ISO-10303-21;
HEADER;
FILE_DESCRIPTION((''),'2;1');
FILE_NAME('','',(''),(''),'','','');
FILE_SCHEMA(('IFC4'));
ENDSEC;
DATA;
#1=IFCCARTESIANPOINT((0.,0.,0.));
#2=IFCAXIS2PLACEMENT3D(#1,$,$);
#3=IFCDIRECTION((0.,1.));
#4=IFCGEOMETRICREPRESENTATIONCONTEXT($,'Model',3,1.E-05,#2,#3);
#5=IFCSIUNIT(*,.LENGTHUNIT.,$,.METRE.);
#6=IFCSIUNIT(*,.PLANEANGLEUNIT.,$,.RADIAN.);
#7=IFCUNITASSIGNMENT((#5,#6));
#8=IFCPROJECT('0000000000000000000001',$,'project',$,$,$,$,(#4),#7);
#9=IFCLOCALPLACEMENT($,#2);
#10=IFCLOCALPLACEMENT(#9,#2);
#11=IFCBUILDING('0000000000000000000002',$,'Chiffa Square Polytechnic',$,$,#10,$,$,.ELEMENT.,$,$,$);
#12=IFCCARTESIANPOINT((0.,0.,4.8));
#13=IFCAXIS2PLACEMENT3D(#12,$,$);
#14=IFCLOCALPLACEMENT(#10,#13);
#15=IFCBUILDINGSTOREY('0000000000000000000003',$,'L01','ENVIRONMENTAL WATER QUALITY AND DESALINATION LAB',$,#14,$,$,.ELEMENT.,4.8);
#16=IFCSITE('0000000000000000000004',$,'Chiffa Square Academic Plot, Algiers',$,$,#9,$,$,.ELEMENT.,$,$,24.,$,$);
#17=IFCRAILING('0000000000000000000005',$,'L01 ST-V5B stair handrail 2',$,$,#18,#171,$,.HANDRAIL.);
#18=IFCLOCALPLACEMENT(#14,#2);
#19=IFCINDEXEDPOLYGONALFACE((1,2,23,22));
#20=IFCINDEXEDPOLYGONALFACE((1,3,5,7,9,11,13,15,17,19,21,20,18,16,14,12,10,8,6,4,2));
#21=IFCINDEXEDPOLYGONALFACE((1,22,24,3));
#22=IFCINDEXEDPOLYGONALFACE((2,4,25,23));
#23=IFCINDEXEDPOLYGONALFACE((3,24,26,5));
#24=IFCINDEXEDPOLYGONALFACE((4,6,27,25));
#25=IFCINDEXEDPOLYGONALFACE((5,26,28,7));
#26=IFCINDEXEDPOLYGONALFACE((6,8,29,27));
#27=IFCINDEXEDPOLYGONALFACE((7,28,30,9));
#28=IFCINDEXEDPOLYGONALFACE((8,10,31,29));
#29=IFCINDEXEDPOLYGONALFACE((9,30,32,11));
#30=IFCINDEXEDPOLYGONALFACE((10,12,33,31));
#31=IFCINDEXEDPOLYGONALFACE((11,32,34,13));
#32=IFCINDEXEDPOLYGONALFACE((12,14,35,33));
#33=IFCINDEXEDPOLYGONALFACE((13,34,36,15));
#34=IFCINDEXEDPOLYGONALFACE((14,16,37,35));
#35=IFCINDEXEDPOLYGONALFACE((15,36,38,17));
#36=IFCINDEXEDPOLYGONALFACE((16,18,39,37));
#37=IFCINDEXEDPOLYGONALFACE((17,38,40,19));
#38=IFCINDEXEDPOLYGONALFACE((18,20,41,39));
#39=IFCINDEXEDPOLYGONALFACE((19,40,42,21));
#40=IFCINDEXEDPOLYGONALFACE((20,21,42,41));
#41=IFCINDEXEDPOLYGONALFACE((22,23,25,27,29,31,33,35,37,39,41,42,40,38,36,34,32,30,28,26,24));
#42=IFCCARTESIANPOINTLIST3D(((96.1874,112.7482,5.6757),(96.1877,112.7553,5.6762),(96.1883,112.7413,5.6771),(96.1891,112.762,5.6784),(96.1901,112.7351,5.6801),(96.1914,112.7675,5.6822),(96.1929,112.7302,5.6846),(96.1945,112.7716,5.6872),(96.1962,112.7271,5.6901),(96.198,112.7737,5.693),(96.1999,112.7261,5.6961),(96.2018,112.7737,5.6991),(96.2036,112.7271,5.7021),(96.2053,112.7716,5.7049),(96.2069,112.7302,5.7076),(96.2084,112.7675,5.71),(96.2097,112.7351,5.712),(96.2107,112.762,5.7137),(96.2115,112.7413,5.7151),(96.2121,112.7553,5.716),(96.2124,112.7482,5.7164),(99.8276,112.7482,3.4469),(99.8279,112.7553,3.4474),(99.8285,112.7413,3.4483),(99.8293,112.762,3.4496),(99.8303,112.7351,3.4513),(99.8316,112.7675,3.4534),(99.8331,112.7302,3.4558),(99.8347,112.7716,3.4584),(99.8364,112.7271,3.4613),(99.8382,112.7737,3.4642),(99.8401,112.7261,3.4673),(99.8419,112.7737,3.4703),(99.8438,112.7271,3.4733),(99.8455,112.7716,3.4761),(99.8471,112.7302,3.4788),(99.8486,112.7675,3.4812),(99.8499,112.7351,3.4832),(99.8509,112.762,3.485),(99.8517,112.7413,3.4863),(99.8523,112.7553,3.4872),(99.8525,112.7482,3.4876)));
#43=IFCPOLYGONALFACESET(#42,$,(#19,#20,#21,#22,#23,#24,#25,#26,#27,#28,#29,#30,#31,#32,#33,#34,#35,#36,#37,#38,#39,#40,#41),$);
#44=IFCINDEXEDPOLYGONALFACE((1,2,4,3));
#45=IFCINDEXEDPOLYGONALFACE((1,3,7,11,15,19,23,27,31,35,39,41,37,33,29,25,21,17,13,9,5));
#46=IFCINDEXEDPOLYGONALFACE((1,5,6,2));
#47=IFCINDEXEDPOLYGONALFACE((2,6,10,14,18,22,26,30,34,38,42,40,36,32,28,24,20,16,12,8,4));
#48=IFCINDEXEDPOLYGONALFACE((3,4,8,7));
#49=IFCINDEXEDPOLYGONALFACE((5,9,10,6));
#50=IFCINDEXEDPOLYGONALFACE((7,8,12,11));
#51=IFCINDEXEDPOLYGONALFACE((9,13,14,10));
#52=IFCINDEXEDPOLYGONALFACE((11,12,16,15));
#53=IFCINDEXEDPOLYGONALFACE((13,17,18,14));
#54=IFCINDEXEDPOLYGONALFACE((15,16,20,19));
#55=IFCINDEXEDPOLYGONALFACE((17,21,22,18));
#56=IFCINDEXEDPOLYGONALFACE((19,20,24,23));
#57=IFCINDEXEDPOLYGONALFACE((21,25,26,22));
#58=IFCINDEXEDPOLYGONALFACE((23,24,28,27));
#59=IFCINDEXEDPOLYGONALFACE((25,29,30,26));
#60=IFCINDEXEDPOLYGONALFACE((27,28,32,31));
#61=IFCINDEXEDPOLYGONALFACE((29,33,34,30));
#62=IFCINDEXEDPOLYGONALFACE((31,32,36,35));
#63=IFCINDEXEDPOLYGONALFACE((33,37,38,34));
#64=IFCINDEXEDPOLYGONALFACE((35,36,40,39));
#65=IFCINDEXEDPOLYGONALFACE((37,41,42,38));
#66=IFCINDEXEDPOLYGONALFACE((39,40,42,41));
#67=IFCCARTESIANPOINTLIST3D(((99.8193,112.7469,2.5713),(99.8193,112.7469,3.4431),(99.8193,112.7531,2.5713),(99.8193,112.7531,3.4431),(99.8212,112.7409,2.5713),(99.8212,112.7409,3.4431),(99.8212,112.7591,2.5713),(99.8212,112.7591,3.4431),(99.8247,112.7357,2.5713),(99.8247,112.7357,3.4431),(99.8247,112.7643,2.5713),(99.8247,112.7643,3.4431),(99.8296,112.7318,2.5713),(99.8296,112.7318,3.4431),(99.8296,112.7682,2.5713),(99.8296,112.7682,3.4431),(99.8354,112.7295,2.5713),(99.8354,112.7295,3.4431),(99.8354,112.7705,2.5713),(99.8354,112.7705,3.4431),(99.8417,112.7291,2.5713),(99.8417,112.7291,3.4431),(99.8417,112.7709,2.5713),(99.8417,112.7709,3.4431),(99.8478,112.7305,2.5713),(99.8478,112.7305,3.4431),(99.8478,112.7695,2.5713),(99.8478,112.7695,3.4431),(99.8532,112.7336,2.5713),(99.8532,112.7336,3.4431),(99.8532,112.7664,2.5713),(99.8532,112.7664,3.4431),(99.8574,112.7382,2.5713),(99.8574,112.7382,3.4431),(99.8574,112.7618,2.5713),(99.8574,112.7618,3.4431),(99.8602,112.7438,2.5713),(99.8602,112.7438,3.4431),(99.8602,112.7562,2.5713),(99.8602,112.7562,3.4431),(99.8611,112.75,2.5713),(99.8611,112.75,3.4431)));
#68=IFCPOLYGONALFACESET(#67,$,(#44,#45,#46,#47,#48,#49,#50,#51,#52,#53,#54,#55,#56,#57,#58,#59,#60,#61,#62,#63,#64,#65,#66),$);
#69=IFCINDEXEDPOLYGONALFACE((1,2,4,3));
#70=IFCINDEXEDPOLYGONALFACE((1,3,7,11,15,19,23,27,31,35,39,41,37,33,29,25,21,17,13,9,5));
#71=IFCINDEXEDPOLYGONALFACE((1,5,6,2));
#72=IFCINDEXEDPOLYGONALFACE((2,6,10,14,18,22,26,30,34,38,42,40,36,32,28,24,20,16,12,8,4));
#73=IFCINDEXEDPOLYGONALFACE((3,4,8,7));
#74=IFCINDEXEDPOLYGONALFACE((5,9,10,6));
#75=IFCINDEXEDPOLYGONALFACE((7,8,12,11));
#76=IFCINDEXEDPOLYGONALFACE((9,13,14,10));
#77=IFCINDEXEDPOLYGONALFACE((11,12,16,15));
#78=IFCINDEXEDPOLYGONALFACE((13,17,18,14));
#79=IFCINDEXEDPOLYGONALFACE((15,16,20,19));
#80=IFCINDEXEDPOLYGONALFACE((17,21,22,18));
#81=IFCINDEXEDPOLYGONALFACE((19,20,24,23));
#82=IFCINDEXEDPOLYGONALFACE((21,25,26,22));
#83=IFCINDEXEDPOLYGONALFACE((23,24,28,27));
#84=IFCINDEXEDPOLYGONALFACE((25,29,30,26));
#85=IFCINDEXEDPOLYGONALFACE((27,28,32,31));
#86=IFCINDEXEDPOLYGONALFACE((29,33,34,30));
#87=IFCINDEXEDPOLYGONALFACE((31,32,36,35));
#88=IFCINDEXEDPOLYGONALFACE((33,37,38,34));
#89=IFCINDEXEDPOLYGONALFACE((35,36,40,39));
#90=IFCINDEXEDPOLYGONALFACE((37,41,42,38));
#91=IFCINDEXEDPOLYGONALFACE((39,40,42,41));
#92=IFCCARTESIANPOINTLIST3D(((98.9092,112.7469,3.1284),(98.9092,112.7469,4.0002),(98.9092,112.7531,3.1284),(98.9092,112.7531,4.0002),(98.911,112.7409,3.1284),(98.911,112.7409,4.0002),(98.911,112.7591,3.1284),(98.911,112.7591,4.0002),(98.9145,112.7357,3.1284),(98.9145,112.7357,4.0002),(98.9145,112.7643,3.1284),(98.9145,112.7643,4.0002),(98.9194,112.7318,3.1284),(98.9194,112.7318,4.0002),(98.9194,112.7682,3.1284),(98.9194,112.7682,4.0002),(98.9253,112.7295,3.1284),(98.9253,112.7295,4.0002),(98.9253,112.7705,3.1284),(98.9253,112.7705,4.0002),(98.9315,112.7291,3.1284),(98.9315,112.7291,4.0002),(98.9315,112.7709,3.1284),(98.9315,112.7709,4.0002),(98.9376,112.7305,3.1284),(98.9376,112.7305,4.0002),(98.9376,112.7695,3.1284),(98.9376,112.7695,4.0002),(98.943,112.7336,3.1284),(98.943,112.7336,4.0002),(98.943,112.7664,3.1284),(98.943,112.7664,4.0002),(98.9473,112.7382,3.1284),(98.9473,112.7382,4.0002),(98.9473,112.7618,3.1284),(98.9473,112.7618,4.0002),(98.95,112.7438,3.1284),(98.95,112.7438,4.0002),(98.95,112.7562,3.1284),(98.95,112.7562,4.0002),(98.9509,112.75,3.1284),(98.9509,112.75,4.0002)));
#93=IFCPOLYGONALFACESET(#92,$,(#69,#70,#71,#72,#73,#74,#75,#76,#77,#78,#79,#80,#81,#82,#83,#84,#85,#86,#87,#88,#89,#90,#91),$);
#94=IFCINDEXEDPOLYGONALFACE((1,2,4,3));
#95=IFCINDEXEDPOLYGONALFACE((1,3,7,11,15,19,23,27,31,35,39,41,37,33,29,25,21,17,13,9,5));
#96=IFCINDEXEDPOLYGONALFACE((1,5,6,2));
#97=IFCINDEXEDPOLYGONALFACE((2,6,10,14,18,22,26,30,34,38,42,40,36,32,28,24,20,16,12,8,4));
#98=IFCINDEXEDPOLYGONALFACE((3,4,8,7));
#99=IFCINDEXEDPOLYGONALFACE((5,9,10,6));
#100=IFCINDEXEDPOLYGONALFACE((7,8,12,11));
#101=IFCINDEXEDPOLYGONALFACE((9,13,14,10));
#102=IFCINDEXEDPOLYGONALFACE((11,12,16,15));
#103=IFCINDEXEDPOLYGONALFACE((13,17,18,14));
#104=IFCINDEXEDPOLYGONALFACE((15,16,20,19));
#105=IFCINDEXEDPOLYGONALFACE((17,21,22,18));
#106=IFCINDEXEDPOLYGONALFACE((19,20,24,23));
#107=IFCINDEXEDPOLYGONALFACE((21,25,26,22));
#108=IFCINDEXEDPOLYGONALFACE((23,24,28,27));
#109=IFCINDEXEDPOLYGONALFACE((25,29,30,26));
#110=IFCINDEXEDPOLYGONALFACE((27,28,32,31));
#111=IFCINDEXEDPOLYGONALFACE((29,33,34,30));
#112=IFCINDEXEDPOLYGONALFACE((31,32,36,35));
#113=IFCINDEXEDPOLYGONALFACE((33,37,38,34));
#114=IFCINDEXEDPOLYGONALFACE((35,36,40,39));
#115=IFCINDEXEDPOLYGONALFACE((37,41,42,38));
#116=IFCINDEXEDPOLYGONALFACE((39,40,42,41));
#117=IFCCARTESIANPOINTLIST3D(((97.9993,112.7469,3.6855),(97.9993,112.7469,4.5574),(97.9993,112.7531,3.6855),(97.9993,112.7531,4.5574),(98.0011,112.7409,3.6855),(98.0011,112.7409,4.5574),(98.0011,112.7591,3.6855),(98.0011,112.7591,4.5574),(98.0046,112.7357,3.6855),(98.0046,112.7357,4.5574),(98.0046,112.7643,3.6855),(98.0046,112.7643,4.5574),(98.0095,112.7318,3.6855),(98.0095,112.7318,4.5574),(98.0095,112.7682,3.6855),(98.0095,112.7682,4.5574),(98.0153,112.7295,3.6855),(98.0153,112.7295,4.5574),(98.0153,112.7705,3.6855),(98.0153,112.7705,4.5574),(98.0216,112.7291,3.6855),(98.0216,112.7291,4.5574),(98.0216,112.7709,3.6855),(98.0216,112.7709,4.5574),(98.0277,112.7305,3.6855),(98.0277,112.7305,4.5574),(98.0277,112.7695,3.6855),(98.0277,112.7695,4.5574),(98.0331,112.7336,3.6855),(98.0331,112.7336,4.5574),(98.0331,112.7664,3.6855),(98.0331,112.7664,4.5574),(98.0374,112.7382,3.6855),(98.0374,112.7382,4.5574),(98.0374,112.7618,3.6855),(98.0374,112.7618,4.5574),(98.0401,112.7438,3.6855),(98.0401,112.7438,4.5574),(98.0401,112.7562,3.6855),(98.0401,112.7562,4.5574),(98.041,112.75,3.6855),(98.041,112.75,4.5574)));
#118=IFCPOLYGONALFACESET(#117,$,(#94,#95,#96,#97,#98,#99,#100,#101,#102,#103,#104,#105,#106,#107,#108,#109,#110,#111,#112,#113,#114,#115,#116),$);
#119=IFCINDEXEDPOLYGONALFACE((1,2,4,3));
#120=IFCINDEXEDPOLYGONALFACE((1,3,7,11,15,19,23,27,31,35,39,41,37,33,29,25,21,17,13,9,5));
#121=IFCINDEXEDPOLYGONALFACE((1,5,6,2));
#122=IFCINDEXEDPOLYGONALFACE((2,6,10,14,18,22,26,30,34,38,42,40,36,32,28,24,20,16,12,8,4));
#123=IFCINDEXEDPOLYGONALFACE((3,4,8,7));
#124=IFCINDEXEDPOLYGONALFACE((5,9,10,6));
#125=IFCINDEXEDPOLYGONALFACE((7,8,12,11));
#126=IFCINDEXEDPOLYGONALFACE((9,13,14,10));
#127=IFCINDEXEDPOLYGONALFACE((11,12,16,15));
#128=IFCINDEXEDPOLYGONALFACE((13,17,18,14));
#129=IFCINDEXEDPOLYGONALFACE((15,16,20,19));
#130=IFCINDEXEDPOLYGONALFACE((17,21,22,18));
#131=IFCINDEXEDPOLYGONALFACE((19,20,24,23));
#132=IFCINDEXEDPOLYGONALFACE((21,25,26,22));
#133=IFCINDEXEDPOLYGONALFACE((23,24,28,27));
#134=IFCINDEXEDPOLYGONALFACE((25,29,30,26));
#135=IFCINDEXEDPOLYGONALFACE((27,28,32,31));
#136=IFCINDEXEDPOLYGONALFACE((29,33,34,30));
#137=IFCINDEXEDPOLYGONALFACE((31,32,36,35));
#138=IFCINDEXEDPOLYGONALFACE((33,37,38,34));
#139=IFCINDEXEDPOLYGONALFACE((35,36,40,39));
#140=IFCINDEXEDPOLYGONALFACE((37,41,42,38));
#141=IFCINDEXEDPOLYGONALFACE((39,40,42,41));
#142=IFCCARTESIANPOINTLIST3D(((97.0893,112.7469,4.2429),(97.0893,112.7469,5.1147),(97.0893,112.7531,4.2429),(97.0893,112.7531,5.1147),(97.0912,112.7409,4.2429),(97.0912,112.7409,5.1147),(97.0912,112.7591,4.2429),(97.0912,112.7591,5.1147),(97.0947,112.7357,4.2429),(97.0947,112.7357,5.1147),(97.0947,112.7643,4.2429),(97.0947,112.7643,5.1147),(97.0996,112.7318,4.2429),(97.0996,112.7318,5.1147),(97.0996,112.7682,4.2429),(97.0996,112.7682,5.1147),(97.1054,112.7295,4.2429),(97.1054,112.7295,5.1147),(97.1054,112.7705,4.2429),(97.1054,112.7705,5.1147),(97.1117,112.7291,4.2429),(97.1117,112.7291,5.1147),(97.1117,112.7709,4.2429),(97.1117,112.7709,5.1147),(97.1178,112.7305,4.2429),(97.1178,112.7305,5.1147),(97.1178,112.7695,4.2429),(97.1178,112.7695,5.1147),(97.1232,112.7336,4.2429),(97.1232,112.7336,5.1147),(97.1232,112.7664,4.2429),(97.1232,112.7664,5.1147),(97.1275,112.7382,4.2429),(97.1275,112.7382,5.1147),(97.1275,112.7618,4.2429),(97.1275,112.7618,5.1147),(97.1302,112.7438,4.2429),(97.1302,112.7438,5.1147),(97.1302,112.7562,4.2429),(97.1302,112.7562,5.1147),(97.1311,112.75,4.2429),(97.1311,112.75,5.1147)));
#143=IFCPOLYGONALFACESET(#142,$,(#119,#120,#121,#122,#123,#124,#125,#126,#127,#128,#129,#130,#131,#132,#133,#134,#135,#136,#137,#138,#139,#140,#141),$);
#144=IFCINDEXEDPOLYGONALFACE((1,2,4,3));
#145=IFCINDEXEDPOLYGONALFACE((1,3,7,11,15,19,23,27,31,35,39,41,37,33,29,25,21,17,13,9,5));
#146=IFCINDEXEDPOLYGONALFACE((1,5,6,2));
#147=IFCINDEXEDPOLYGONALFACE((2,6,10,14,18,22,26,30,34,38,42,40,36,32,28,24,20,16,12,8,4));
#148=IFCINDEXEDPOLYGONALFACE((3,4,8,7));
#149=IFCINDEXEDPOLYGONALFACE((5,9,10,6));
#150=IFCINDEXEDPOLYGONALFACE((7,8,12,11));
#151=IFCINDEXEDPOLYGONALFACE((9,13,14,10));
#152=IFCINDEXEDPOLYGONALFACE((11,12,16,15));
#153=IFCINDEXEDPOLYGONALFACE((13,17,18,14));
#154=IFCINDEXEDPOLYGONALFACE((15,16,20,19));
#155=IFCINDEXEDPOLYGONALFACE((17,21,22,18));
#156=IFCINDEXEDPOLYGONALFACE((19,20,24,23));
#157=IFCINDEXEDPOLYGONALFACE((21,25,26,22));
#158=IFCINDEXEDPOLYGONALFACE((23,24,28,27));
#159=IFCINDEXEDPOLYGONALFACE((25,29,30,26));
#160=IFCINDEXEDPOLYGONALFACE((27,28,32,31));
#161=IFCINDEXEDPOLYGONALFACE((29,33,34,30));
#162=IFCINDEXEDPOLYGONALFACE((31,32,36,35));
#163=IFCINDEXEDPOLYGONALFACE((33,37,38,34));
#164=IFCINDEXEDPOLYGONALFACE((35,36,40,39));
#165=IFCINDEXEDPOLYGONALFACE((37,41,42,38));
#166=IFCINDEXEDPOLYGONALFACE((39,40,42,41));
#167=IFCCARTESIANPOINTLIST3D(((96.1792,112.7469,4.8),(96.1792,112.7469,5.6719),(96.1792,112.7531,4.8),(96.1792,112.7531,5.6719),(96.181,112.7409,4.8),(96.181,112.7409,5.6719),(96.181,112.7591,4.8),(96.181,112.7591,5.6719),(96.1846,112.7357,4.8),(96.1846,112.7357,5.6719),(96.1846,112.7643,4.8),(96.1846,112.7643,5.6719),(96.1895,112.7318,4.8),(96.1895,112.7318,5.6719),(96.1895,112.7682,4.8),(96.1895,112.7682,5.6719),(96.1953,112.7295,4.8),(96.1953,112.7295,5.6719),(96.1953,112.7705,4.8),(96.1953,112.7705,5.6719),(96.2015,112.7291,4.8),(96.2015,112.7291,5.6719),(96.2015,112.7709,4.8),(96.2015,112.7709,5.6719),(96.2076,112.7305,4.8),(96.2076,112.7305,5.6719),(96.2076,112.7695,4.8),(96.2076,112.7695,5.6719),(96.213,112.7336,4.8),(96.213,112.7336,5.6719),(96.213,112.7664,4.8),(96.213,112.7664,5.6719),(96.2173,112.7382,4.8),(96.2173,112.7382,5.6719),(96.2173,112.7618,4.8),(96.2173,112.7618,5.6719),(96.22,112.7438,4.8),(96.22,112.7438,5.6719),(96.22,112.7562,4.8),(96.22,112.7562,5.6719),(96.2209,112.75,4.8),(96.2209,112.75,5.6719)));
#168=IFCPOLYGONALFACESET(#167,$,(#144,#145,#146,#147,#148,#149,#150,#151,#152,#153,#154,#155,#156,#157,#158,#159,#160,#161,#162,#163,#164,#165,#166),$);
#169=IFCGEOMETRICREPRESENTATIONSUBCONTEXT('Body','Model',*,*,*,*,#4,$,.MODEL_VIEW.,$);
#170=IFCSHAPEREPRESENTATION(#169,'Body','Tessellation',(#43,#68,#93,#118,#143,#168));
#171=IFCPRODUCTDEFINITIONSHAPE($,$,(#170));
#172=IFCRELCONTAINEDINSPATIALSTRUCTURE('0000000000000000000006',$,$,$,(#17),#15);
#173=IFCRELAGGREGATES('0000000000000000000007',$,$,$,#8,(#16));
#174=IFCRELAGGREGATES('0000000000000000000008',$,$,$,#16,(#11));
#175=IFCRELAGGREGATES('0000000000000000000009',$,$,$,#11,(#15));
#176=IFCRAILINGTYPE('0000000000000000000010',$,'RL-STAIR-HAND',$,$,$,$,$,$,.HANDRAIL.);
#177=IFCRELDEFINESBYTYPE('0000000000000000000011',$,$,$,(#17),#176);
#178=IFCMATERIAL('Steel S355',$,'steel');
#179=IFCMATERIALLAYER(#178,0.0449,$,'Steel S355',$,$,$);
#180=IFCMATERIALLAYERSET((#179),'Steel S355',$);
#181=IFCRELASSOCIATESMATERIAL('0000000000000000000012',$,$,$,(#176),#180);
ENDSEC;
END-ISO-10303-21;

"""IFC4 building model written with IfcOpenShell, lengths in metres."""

from ifc_helpers import new_model, si_unit, direction, frame, origin, origin_2d, place, context, subcontext, project, spatial, circle, extrude, material, layer, layer_set, type_object, element, save


model = new_model("IFC4")

# Units and contexts
model_context = context("Model", 3, precision=1e-05, world=origin(), true_north=direction((0.0, 1.0)))
body_context = subcontext(model_context, "Body", "Model", "MODEL_VIEW")
ifc_project = project(units=[si_unit("LENGTHUNIT", "METRE"), si_unit("PLANEANGLEUNIT", "RADIAN")], contexts=[model_context])

# Site, building, storey
site_placement = place(None, origin())
site = spatial("IfcSite", under=ifc_project, at=site_placement, Name="Chiffa Square Academic Plot, Algiers", CompositionType="ELEMENT", RefElevation=24.0)
building_placement = place(site_placement, origin())
building = spatial("IfcBuilding", under=site, at=building_placement, Name="Chiffa Square Polytechnic", CompositionType="ELEMENT")
storey_placement = place(building_placement, frame((0.0, 0.0, 4.8)))
storey = spatial("IfcBuildingStorey", under=building, at=storey_placement, Name="L01", Description="ENVIRONMENTAL WATER QUALITY AND DESALINATION LAB", CompositionType="ELEMENT", Elevation=4.8)

# Railing
ifc_material_1 = material(Name="Steel S355", Category="steel")
ifc_layer_1 = layer(ifc_material_1, 0.0449, Name="Steel S355")
ifc_layer_set_1 = layer_set([ifc_layer_1], Name="Steel S355")
railing_type_1 = type_object("IfcRailingType", Name="RL-STAIR-HAND", PredefinedType="HANDRAIL", material=ifc_layer_set_1)
railing_1_placement = place(storey_placement, frame((99.8401, 112.75, 2.5713)))
element("IfcRailing", 1, at=railing_1_placement, inside=storey, type_object=railing_type_1, Name="L01 ST-V5B stair handrail 2", PredefinedType="HANDRAIL", context=body_context, shape_type="SweptSolid", body=[
    extrude(circle(Radius=0.0239, at=origin_2d()), frame((0.0, 0.0, 0.896), z_axis=(-0.85284, 0.0, 0.522172), x_axis=(0.0, -1.0, 0.0)), (0.0, 0.0, 1.0), 4.2683),
    extrude(circle(Radius=0.021, at=origin_2d()), origin(), (0.0, 0.0, 1.0), 0.8718),
    extrude(circle(Radius=0.021, at=origin_2d()), frame((-0.9102, 0.0, 0.5571)), (0.0, 0.0, 1.0), 0.8718),
    extrude(circle(Radius=0.021, at=origin_2d()), frame((-1.8201, 0.0, 1.1143)), (0.0, 0.0, 1.0), 0.8718),
    extrude(circle(Radius=0.021, at=origin_2d()), frame((-2.73, 0.0, 1.6716)), (0.0, 0.0, 1.0), 0.8718),
    extrude(circle(Radius=0.021, at=origin_2d()), frame((-3.6401, 0.0, 2.2288)), (0.0, 0.0, 1.0), 0.8718),
])

save(model, "model.ifc")
